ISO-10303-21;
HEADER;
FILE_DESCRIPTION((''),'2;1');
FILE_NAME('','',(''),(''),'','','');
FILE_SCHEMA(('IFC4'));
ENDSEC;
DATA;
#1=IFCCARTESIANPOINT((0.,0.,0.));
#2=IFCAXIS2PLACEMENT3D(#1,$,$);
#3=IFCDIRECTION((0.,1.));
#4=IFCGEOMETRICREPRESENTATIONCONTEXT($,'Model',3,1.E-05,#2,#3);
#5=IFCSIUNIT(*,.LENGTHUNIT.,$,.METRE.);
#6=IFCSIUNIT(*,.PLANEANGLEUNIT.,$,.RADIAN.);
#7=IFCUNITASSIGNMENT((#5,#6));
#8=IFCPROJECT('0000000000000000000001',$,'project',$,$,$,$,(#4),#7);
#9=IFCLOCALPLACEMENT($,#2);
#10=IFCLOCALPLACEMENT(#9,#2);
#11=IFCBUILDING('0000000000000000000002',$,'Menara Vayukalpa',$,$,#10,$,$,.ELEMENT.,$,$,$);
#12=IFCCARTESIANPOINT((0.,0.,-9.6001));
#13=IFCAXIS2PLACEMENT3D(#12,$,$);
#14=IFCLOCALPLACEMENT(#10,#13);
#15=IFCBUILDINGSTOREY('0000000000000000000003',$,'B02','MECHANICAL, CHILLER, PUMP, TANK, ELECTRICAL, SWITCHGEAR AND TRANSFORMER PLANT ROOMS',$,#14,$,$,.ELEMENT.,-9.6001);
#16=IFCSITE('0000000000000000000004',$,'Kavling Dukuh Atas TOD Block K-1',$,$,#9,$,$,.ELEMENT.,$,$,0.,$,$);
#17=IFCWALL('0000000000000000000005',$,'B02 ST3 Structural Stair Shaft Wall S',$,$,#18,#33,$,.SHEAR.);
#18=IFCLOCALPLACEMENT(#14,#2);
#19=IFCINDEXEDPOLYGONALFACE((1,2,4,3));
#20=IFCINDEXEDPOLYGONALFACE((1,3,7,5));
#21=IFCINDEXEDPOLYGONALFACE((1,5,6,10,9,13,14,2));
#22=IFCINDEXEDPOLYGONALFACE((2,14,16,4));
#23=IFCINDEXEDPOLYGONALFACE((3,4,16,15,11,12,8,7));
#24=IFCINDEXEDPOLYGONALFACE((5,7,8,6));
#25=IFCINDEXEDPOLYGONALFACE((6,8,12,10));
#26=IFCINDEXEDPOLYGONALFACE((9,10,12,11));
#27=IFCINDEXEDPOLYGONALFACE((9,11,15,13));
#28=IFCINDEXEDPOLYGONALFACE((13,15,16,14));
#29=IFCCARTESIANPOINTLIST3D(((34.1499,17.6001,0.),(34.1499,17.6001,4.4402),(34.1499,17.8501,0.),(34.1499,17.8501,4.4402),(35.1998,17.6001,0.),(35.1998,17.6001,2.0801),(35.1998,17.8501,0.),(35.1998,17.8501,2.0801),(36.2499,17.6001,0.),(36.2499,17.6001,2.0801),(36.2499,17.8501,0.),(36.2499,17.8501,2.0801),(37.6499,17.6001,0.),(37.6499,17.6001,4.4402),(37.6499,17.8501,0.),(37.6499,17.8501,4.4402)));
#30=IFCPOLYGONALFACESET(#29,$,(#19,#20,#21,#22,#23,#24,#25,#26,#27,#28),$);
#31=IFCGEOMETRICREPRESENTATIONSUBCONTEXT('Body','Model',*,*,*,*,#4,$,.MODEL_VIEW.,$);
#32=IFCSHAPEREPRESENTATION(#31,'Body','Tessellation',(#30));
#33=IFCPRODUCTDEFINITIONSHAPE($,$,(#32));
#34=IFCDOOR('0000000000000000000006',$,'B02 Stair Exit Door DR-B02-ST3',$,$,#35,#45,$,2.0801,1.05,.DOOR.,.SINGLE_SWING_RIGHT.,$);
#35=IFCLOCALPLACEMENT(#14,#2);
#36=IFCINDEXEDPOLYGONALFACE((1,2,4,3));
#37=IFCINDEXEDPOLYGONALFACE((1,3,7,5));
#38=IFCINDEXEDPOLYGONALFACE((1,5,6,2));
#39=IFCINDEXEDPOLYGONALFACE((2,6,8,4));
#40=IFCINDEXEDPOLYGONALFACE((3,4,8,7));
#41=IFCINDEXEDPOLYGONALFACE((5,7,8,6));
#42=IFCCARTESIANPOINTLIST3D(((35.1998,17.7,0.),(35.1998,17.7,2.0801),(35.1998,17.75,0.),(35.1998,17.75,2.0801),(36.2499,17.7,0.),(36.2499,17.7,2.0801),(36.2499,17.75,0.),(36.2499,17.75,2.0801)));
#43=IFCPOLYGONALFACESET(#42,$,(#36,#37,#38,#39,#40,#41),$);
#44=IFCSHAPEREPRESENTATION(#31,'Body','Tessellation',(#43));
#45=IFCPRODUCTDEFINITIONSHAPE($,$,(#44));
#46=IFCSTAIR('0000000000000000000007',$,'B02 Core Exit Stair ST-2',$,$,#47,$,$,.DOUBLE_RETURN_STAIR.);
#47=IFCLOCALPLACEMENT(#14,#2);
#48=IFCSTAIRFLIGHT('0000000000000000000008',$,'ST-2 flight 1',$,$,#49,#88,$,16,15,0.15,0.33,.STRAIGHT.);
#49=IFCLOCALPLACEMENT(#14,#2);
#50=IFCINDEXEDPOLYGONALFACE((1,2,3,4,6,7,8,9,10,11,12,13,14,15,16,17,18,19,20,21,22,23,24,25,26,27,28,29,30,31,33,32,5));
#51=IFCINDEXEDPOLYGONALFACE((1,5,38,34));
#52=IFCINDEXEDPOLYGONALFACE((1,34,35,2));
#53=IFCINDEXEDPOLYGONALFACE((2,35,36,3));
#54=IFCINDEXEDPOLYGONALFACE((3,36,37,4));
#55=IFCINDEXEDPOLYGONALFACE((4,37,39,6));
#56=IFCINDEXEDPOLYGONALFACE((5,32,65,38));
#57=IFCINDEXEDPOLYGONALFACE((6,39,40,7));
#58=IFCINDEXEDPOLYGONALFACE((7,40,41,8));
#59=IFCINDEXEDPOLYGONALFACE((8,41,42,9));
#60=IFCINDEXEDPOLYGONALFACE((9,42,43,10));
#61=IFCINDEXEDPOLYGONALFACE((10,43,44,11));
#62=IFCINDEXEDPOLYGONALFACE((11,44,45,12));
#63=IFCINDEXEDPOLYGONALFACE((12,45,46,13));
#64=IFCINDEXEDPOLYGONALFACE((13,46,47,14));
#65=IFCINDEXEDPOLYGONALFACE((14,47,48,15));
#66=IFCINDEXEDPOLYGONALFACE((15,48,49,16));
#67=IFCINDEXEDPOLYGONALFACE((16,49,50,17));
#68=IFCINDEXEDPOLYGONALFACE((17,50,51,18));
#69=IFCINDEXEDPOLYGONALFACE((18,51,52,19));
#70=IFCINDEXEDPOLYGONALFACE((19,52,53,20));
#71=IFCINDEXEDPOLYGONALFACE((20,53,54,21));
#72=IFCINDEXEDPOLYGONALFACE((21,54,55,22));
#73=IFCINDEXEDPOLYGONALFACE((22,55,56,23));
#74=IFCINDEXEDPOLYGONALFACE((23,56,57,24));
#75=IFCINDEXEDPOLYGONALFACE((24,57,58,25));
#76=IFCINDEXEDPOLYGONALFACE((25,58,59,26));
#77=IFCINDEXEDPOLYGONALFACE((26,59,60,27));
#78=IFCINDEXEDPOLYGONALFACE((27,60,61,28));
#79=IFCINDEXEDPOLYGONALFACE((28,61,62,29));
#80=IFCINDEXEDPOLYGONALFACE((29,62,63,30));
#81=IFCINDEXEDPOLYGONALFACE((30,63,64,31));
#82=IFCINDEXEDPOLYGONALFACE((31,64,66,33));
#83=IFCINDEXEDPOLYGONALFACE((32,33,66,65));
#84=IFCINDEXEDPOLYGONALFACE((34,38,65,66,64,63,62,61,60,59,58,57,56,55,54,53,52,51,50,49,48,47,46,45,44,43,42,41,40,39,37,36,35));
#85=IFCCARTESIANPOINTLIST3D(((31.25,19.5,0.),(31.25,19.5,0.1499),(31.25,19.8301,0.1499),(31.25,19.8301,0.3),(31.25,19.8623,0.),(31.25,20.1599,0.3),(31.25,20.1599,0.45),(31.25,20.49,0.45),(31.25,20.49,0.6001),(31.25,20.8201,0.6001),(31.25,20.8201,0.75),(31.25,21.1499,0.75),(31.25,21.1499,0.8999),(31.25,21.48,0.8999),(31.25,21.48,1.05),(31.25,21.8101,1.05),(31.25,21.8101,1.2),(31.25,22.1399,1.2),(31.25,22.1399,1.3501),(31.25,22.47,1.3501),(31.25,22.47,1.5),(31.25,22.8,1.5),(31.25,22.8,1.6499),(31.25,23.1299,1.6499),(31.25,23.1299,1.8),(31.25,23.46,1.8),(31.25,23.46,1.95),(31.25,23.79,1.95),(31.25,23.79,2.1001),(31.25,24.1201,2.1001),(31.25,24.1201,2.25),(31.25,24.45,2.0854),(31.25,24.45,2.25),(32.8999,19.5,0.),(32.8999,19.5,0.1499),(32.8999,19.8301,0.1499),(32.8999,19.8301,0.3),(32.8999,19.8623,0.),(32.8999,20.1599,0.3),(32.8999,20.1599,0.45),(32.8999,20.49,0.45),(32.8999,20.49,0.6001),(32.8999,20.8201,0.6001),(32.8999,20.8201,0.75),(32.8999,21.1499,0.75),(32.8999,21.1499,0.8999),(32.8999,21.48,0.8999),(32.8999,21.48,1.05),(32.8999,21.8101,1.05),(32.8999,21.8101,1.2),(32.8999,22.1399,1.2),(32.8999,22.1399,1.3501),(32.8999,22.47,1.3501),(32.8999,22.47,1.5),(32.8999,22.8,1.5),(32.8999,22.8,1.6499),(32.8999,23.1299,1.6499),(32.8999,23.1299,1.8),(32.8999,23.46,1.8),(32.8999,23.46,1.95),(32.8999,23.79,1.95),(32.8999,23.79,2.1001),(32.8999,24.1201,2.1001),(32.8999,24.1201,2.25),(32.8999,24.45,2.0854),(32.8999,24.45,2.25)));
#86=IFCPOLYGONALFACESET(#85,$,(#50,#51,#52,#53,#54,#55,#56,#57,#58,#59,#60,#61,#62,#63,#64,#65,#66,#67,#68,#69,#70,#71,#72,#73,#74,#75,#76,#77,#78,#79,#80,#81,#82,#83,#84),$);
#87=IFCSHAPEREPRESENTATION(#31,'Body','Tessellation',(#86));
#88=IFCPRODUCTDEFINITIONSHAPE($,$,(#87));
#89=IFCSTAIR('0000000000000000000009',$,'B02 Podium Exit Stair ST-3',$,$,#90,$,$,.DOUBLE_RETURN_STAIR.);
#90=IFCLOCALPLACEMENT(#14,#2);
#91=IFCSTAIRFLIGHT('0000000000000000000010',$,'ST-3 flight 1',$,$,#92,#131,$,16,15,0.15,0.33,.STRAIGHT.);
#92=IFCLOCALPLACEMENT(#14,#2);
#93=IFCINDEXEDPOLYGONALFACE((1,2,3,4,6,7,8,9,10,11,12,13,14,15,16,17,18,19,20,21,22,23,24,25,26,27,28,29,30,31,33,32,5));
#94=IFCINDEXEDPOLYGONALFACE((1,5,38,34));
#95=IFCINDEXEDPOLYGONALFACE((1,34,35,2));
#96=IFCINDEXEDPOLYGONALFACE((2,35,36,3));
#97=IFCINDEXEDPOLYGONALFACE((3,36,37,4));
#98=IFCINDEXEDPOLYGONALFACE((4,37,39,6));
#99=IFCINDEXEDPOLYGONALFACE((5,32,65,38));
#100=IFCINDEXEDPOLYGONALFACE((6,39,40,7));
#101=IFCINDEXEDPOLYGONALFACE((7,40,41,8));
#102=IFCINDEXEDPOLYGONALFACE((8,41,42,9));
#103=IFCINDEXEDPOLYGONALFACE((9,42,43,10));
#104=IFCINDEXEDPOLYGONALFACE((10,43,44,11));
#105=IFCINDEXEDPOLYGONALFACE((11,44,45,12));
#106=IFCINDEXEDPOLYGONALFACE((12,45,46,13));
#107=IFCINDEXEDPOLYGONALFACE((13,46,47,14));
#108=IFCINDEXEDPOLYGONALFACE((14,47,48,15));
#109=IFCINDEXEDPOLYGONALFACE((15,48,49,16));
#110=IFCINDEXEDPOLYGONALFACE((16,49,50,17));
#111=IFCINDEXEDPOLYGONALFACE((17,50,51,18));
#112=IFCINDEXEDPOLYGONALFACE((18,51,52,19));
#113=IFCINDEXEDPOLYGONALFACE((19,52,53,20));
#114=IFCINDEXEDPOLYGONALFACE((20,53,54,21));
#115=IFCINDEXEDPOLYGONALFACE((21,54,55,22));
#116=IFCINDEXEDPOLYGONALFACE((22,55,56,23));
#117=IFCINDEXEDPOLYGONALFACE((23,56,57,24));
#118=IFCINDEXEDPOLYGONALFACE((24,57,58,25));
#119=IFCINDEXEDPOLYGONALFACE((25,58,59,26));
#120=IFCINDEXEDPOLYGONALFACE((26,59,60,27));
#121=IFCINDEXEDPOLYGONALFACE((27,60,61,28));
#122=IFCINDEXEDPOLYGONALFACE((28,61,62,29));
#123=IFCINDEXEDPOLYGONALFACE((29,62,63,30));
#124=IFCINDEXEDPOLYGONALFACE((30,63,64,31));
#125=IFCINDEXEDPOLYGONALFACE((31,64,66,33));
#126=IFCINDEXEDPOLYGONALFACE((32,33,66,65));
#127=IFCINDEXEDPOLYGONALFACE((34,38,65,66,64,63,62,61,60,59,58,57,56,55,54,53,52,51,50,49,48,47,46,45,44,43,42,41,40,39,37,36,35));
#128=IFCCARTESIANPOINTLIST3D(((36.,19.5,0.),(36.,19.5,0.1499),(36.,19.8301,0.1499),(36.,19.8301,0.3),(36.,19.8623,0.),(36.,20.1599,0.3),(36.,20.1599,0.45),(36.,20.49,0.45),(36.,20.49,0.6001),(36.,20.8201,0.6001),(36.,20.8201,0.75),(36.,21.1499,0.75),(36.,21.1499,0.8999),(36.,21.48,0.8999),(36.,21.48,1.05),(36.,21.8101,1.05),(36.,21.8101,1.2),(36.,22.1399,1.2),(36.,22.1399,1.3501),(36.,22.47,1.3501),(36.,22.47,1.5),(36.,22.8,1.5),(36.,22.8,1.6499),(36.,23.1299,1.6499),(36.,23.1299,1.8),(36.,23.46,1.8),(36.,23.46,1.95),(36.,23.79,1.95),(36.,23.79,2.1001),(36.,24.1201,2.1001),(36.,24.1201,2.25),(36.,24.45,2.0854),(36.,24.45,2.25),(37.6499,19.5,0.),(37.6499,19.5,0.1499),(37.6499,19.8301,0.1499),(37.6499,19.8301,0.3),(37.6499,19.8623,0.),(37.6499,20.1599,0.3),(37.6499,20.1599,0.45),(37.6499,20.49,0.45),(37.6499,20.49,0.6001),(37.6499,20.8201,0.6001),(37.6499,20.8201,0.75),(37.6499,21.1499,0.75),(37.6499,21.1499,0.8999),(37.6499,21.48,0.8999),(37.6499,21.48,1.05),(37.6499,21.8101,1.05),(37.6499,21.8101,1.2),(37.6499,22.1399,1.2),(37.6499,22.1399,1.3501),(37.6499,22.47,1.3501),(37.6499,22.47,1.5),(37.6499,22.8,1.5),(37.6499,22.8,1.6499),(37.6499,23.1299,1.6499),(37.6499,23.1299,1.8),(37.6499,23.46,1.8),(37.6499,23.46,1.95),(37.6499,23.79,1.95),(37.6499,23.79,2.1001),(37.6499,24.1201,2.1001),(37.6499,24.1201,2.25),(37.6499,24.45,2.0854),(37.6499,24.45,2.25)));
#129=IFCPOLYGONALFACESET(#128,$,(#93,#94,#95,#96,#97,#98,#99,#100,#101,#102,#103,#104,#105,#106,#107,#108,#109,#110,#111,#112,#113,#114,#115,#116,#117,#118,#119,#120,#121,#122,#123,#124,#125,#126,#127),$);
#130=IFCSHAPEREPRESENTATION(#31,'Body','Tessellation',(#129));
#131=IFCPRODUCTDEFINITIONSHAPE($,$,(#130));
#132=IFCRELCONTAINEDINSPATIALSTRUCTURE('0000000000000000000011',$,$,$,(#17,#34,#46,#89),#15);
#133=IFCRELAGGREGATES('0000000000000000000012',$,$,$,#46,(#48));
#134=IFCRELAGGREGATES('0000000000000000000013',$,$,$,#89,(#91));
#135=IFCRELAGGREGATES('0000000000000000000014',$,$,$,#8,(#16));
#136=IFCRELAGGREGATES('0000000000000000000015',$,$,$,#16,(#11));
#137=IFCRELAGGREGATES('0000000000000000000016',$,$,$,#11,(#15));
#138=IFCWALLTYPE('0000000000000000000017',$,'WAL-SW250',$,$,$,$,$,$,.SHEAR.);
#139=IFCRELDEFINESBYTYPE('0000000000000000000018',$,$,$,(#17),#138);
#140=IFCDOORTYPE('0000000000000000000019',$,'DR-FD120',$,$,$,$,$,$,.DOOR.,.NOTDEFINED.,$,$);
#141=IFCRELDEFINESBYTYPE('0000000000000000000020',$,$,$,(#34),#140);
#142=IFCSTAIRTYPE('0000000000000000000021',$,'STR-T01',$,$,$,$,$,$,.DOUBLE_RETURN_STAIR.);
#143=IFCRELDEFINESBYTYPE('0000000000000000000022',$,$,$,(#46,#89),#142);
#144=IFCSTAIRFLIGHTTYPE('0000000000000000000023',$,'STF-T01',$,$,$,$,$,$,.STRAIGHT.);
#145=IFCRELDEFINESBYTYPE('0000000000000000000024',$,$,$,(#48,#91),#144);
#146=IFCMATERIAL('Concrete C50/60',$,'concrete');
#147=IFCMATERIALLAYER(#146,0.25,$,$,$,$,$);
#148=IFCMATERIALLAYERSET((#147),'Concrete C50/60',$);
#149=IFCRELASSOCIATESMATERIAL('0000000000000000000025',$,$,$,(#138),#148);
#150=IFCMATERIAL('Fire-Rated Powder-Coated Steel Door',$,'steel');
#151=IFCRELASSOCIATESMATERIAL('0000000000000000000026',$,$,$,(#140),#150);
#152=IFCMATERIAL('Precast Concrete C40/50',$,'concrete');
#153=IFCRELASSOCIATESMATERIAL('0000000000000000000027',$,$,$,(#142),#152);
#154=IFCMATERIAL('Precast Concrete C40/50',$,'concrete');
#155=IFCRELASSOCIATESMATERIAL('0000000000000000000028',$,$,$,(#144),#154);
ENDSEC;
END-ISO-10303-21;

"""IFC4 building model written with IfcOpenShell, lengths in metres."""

from ifc_helpers import new_model, si_unit, direction, frame, frame_2d, origin, place, context, subcontext, project, spatial, polyline, rectangle, outline, extrude, material, layer, layer_set, type_object, element, fill, aggregate, save


model = new_model("IFC4")

# Units and contexts
model_context = context("Model", 3, precision=1e-05, world=origin(), true_north=direction((0.0, 1.0)))
body_context = subcontext(model_context, "Body", "Model", "MODEL_VIEW")
ifc_project = project(units=[si_unit("LENGTHUNIT", "METRE"), si_unit("PLANEANGLEUNIT", "RADIAN")], contexts=[model_context])

# Site, building, storey
site_placement = place(None, origin())
site = spatial("IfcSite", under=ifc_project, at=site_placement, Name="Kavling Dukuh Atas TOD Block K-1", CompositionType="ELEMENT", RefElevation=0.0)
building_placement = place(site_placement, origin())
building = spatial("IfcBuilding", under=site, at=building_placement, Name="Menara Vayukalpa", CompositionType="ELEMENT")
storey_placement = place(building_placement, frame((0.0, 0.0, -9.6001)))
storey = spatial("IfcBuildingStorey", under=building, at=storey_placement, Name="B02", Description="MECHANICAL, CHILLER, PUMP, TANK, ELECTRICAL, SWITCHGEAR AND TRANSFORMER PLANT ROOMS", CompositionType="ELEMENT", Elevation=-9.6001)

# Shared definitions
ifc_material_1 = material(Name="Concrete C50/60", Category="concrete")
ifc_layer_1 = layer(ifc_material_1, 0.25)
ifc_layer_set_1 = layer_set([ifc_layer_1], Name="Concrete C50/60")
wall_type_1 = type_object("IfcWallType", Name="WAL-SW250", PredefinedType="SHEAR", material=ifc_layer_set_1)

# Wall, opening, door
wall_1_placement = place(storey_placement, frame((34.1499, 17.7251, 0.0), z_axis=(0.0, 0.0, 1.0), x_axis=(1.0, 0.0, 0.0)))
wall_1 = element("IfcWall", 1, at=wall_1_placement, inside=storey, type_object=wall_type_1, Name="B02 ST3 Structural Stair Shaft Wall S", PredefinedType="SHEAR", context=body_context, shape_type="SweptSolid", body=[
    extrude(rectangle(XDim=3.5, YDim=0.25, at=frame_2d((1.75, 0.0))), origin(), (0.0, 0.0, 1.0), 4.4402),
])
opening_1_placement = place(wall_1_placement, frame((1.05, 0.0, 0.0)))
opening_1 = element("IfcOpeningElement", 2, at=opening_1_placement, cuts=wall_1, PredefinedType="OPENING", context=body_context, shape_type="SweptSolid", body=[
    extrude(rectangle(XDim=1.05, YDim=2.0801, at=frame_2d((0.5249, 1.04))), frame((0.0, 0.135, 0.0), z_axis=(0.0, -1.0, 0.0), x_axis=(1.0, 0.0, 0.0)), (0.0, 0.0, 1.0), 0.27),
])
ifc_material_2 = material(Name="Fire-Rated Powder-Coated Steel Door", Category="steel")
door_type_1 = type_object("IfcDoorType", Name="DR-FD120", OperationType="NOTDEFINED", PredefinedType="DOOR", material=ifc_material_2)
door_1_placement = place(opening_1_placement, origin())
door_1 = element("IfcDoor", 3, at=door_1_placement, inside=storey, type_object=door_type_1, Name="B02 Stair Exit Door DR-B02-ST3", OperationType="SINGLE_SWING_RIGHT", OverallHeight=2.0801, OverallWidth=1.05, PredefinedType="DOOR", context=body_context, shape_type="SweptSolid", body=[
    extrude(rectangle(XDim=1.05, YDim=2.0801, at=frame_2d((0.5249, 1.04))), frame((0.0, 0.0249, 0.0), z_axis=(0.0, -1.0, 0.0), x_axis=(1.0, 0.0, 0.0)), (0.0, 0.0, 1.0), 0.05),
])
fill(opening_1, door_1)

# Stairs, stair flights
ifc_material_3 = material(Name="Precast Concrete C40/50", Category="concrete")
stair_type = type_object("IfcStairType", Name="STR-T01", PredefinedType="DOUBLE_RETURN_STAIR", material=ifc_material_3)
stair_1_placement = place(storey_placement, origin())
stair_1 = element("IfcStair", 4, at=stair_1_placement, inside=storey, type_object=stair_type, Name="B02 Core Exit Stair ST-2", PredefinedType="DOUBLE_RETURN_STAIR")
ifc_material_4 = material(Name="Precast Concrete C40/50", Category="concrete")
stair_flight_type = type_object("IfcStairFlightType", Name="STF-T01", PredefinedType="STRAIGHT", material=ifc_material_4)
stair_flight_1_placement = place(storey_placement, frame((32.075, 19.5, 0.0), z_axis=(0.0, 0.0, 1.0), x_axis=(0.0, 1.0, 0.0)))
stair_flight_1 = element("IfcStairFlight", 5, at=stair_flight_1_placement, type_object=stair_flight_type, Name="ST-2 flight 1", NumberOfRisers=16, NumberOfTreads=15, PredefinedType="STRAIGHT", RiserHeight=0.15, TreadLength=0.33, context=body_context, shape_type="SweptSolid", body=[
    extrude(outline(polyline([(0.0, 0.0), (0.0, 0.1499), (0.3301, 0.1499), (0.3301, 0.3), (0.6599, 0.3), (0.6599, 0.45), (0.99, 0.45), (0.99, 0.6001), (1.3201, 0.6001), (1.3201, 0.75), (1.6499, 0.75), (1.6499, 0.8999), (1.98, 0.8999), (1.98, 1.05), (2.3101, 1.05), (2.3101, 1.2), (2.6399, 1.2), (2.6399, 1.3501), (2.97, 1.3501), (2.97, 1.5), (3.3, 1.5), (3.3, 1.6499), (3.6299, 1.6499), (3.6299, 1.8), (3.96, 1.8), (3.96, 1.95), (4.29, 1.95), (4.29, 2.1001), (4.6201, 2.1001), (4.6201, 2.25), (4.95, 2.25), (4.95, 2.3999), (4.95, 2.0854), (0.3623, 0.0), (0.0, 0.0)])), frame((0.0, 0.825, 0.0), z_axis=(0.0, -1.0, 0.0), x_axis=(1.0, 0.0, 0.0)), (0.0, 0.0, 1.0), 1.6499),
])
aggregate(stair_1, [stair_flight_1])
stair_2_placement = place(storey_placement, origin())
stair_2 = element("IfcStair", 6, at=stair_2_placement, inside=storey, type_object=stair_type, Name="B02 Podium Exit Stair ST-3", PredefinedType="DOUBLE_RETURN_STAIR")
stair_flight_2_placement = place(storey_placement, frame((36.825, 19.5, 0.0), z_axis=(0.0, 0.0, 1.0), x_axis=(0.0, 1.0, 0.0)))
stair_flight_2 = element("IfcStairFlight", 7, at=stair_flight_2_placement, type_object=stair_flight_type, Name="ST-3 flight 1", NumberOfRisers=16, NumberOfTreads=15, PredefinedType="STRAIGHT", RiserHeight=0.15, TreadLength=0.33, context=body_context, shape_type="SweptSolid", body=[
    extrude(outline(polyline([(0.0, 0.0), (0.0, 0.1499), (0.3301, 0.1499), (0.3301, 0.3), (0.6599, 0.3), (0.6599, 0.45), (0.99, 0.45), (0.99, 0.6001), (1.3201, 0.6001), (1.3201, 0.75), (1.6499, 0.75), (1.6499, 0.8999), (1.98, 0.8999), (1.98, 1.05), (2.3101, 1.05), (2.3101, 1.2), (2.6399, 1.2), (2.6399, 1.3501), (2.97, 1.3501), (2.97, 1.5), (3.3, 1.5), (3.3, 1.6499), (3.6299, 1.6499), (3.6299, 1.8), (3.96, 1.8), (3.96, 1.95), (4.29, 1.95), (4.29, 2.1001), (4.6201, 2.1001), (4.6201, 2.25), (4.95, 2.25), (4.95, 2.3999), (4.95, 2.0854), (0.3623, 0.0), (0.0, 0.0)])), frame((0.0, 0.825, 0.0), z_axis=(0.0, -1.0, 0.0), x_axis=(1.0, 0.0, 0.0)), (0.0, 0.0, 1.0), 1.6499),
])
aggregate(stair_2, [stair_flight_2])

save(model, "model.ifc")
